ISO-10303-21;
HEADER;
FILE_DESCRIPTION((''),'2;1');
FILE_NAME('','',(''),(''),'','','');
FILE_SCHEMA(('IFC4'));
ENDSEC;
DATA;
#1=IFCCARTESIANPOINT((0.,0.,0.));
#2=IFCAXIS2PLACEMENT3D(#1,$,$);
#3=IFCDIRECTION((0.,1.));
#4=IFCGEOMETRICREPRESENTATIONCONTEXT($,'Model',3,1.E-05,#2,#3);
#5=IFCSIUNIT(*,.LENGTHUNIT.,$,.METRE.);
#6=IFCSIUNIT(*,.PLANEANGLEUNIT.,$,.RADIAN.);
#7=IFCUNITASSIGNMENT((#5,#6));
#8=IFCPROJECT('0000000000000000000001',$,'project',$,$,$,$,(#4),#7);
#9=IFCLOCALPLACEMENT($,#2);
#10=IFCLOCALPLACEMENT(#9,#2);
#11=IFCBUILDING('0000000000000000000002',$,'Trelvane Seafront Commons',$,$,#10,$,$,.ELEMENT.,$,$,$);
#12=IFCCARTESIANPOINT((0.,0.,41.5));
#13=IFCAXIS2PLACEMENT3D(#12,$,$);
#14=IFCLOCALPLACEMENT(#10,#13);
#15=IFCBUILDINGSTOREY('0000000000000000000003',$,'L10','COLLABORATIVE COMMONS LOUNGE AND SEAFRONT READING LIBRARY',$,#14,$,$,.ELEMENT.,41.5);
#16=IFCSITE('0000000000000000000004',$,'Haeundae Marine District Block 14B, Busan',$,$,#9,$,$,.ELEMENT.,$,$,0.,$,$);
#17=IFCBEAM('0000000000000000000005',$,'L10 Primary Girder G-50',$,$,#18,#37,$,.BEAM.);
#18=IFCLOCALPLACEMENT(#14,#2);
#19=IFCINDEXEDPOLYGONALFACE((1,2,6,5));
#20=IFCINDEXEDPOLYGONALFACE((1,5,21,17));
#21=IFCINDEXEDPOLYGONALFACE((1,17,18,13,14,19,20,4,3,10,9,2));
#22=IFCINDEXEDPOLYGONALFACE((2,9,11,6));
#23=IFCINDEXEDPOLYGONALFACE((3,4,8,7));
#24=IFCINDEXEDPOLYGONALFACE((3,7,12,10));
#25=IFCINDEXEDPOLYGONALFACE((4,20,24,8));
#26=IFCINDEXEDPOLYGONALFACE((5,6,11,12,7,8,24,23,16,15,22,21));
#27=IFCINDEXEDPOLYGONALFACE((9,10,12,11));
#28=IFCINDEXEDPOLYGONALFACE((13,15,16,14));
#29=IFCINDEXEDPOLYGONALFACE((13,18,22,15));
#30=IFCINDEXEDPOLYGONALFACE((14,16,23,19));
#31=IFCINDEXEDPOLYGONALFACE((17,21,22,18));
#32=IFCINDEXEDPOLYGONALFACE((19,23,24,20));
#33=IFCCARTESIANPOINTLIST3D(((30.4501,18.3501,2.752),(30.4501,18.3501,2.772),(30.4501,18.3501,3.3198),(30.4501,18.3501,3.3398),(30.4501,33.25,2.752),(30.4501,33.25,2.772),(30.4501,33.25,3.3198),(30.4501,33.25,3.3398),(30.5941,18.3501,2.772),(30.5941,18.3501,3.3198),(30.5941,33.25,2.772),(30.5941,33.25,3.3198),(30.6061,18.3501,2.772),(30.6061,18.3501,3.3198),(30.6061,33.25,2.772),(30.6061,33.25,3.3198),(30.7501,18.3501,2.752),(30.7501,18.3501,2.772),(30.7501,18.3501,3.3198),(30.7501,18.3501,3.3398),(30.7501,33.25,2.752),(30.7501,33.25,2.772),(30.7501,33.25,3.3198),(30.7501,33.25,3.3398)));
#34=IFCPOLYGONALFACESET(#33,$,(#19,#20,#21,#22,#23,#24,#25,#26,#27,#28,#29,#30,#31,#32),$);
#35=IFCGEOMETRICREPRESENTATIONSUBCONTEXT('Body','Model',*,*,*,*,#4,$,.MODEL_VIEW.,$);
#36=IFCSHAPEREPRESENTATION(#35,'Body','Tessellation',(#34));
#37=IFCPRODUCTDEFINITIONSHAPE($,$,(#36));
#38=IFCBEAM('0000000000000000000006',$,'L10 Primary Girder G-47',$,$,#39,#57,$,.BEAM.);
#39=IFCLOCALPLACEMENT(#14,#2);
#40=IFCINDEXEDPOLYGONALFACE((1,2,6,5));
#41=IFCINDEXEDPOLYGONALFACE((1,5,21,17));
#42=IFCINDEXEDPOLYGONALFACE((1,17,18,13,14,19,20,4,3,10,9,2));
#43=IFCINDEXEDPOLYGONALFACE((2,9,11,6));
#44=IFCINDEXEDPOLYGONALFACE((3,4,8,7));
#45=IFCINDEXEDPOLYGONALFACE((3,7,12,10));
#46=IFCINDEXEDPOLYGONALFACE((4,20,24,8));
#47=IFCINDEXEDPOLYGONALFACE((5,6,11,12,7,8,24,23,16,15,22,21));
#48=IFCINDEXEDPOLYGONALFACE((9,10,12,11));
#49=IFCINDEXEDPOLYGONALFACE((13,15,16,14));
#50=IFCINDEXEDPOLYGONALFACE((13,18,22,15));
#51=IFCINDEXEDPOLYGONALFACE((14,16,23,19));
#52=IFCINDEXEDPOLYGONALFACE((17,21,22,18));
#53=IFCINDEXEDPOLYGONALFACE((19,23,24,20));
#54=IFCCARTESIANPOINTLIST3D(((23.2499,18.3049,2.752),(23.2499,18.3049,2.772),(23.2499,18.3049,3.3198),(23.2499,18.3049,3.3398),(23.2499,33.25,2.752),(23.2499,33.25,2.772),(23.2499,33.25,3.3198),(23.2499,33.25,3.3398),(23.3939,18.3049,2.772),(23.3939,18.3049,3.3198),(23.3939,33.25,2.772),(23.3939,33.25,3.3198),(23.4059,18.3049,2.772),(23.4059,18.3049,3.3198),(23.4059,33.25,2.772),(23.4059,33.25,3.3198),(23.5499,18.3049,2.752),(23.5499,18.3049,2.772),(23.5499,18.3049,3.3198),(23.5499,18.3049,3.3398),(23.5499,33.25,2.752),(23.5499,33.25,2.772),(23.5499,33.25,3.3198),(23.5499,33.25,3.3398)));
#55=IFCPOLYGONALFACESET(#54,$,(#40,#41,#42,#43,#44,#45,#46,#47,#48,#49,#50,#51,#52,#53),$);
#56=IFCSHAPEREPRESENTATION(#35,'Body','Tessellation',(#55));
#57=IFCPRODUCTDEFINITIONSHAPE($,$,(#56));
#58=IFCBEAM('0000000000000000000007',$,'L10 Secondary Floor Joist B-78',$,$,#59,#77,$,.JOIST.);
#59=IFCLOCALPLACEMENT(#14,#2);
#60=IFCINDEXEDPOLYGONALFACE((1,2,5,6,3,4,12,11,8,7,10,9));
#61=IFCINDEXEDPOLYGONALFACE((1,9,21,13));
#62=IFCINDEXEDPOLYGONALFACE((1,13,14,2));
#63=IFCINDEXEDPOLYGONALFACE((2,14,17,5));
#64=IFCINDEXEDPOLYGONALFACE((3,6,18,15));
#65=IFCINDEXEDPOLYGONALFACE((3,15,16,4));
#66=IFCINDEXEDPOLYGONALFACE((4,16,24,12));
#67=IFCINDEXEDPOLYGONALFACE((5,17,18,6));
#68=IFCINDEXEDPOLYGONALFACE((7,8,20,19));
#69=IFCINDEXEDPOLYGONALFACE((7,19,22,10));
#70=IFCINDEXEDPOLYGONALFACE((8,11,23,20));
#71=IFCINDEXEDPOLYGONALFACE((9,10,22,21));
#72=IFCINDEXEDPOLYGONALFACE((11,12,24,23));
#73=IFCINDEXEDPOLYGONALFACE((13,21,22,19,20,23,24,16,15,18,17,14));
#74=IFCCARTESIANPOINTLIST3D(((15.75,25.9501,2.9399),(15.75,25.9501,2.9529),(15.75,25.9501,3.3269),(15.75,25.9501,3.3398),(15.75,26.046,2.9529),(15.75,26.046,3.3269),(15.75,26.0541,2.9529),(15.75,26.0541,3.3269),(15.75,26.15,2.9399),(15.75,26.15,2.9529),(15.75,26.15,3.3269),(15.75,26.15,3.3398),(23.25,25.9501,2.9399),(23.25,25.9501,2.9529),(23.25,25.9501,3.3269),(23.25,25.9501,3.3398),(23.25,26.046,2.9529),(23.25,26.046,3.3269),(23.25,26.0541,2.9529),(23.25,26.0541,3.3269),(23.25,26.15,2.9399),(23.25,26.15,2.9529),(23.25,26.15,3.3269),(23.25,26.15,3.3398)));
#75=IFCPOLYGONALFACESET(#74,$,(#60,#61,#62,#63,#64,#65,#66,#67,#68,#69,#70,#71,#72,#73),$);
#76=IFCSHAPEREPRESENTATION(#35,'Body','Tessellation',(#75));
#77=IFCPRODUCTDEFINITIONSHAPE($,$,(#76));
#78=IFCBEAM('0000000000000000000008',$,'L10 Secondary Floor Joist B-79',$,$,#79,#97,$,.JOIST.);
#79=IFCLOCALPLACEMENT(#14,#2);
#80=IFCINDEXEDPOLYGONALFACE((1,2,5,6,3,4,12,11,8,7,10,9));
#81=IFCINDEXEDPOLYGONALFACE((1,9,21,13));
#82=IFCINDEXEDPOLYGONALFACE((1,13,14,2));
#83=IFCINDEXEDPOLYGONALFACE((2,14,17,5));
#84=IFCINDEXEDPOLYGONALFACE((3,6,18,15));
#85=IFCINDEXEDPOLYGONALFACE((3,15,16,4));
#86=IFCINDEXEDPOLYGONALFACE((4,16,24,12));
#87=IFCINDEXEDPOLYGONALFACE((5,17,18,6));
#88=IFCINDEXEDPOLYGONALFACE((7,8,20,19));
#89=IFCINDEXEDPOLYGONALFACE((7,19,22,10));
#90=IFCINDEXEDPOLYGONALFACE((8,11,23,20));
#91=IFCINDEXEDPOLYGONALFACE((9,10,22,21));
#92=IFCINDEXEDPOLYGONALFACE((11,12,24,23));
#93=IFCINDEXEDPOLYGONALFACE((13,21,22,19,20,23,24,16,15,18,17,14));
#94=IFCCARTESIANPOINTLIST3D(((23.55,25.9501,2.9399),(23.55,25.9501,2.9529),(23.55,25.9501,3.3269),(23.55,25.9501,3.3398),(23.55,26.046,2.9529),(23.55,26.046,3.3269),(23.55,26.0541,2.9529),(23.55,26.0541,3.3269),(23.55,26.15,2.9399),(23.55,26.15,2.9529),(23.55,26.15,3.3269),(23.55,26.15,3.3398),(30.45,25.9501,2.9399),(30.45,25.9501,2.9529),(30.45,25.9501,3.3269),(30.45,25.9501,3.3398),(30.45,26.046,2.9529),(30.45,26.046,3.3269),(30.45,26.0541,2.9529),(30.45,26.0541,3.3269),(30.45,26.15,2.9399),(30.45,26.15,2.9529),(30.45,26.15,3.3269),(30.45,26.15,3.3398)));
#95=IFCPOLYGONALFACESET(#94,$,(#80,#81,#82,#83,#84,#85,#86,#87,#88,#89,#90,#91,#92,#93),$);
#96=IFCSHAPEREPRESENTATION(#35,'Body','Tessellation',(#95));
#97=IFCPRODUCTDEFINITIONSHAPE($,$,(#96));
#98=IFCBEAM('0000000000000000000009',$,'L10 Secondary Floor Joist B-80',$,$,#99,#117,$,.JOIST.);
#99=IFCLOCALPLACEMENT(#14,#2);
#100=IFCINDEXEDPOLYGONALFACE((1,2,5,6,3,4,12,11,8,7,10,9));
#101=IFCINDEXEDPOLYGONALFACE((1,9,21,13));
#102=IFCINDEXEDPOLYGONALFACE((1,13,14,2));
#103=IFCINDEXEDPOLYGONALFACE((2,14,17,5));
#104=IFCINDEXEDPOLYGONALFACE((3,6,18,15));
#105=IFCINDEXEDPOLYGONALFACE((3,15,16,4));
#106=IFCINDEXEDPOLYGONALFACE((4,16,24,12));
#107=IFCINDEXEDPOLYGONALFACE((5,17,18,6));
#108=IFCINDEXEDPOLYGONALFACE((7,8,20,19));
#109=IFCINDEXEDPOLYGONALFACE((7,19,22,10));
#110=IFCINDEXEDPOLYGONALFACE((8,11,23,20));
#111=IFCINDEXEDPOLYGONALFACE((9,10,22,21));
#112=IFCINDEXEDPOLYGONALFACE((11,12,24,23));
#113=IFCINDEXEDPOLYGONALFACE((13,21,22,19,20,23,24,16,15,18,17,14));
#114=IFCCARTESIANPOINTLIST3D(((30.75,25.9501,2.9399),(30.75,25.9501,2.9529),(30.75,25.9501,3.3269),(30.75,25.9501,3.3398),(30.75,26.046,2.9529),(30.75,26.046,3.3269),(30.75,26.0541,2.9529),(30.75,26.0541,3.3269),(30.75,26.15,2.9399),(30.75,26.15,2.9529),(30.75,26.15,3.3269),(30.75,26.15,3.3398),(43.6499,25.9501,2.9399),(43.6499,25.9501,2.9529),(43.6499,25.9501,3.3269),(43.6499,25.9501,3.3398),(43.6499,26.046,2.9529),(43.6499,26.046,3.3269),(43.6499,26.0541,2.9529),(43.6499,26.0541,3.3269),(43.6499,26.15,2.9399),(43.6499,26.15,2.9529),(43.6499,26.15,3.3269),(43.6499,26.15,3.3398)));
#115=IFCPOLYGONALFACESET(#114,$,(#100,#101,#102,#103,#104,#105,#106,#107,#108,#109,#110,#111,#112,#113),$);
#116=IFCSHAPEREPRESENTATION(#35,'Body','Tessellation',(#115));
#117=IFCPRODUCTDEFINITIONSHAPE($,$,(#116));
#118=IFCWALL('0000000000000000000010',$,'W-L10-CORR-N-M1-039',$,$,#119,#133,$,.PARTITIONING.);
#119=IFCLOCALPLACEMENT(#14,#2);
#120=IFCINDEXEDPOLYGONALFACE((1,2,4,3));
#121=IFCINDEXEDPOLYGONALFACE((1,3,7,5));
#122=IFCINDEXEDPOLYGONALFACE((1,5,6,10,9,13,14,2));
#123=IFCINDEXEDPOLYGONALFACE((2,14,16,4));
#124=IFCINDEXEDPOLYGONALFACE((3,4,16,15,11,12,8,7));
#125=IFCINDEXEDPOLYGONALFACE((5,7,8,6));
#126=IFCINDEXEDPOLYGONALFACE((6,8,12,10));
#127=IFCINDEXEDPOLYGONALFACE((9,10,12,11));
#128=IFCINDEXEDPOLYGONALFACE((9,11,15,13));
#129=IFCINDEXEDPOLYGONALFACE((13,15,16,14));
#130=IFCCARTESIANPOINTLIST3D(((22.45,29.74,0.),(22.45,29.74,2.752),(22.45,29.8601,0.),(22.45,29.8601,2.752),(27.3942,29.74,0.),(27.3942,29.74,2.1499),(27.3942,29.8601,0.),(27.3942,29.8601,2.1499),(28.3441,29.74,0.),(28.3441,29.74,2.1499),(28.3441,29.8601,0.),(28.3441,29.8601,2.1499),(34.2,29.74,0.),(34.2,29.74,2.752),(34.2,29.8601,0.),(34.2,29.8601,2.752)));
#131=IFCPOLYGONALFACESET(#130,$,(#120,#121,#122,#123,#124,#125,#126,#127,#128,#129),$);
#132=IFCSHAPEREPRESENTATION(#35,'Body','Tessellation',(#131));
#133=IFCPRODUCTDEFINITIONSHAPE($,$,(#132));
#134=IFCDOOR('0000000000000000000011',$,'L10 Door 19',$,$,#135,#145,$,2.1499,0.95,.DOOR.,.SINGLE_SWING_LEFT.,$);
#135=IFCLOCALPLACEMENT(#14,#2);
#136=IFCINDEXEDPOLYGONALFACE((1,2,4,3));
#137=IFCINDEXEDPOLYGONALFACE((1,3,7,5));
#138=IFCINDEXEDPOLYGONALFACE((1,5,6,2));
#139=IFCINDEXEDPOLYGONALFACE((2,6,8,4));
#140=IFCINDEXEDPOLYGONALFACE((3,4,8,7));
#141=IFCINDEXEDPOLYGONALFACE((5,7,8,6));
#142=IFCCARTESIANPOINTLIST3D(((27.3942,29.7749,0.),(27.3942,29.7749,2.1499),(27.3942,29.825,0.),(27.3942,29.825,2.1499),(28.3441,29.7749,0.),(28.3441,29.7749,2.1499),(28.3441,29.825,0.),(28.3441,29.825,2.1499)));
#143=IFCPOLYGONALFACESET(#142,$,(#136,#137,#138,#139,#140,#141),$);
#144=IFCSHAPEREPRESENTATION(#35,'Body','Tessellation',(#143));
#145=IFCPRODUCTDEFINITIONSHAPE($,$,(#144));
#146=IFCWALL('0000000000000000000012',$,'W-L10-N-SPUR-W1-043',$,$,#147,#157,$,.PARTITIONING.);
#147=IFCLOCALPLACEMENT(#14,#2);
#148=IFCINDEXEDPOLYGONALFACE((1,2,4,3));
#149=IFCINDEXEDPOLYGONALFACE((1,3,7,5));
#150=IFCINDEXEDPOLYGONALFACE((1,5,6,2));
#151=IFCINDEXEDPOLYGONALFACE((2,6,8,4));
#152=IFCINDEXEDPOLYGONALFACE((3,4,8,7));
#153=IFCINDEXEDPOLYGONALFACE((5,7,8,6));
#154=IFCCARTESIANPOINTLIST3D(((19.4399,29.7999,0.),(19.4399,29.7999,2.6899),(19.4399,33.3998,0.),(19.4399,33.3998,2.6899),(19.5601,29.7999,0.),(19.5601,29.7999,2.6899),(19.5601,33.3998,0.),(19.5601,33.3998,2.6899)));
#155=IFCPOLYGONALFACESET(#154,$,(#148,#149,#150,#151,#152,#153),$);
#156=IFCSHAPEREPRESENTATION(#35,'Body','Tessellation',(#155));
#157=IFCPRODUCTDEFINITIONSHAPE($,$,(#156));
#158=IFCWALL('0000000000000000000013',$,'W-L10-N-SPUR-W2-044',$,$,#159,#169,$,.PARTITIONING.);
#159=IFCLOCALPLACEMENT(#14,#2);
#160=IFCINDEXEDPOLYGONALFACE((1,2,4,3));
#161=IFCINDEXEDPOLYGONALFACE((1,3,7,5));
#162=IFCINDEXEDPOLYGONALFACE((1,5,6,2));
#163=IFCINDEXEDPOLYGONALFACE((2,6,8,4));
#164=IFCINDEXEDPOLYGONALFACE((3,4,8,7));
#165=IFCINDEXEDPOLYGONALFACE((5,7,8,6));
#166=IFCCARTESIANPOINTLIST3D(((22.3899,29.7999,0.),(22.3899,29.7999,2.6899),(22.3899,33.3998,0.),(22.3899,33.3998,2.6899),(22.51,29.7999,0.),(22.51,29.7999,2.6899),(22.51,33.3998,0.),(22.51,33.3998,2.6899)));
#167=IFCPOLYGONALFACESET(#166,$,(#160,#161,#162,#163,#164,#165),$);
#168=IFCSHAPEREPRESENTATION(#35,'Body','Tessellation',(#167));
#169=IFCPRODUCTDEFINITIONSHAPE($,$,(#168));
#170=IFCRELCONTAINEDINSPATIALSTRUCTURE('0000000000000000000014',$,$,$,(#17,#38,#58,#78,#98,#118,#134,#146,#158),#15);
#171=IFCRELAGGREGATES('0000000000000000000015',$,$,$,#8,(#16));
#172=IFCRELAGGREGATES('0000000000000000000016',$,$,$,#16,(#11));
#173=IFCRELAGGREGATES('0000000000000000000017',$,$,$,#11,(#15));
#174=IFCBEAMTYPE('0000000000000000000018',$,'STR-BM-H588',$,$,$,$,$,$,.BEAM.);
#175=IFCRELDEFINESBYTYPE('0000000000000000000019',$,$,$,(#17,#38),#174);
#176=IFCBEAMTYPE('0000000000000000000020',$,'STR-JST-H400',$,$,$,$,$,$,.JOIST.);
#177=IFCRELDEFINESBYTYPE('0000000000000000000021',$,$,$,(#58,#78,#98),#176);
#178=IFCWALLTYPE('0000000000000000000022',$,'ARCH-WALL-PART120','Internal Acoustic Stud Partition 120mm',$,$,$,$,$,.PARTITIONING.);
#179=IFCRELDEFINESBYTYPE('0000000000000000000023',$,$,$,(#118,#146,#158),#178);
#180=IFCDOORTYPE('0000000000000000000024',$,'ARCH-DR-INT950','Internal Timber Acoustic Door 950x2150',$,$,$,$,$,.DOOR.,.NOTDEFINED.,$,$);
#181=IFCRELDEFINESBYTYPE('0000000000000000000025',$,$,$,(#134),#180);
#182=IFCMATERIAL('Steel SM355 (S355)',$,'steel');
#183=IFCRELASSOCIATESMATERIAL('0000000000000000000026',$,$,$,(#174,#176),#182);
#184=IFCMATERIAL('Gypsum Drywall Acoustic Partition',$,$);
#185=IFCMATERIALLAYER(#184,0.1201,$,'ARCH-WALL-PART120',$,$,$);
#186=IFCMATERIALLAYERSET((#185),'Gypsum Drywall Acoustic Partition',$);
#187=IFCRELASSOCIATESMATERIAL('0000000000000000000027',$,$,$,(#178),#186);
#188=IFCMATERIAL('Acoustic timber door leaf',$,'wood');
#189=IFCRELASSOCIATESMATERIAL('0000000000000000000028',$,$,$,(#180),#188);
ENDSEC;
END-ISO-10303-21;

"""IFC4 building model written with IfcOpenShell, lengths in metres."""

from ifc_helpers import new_model, si_unit, direction, frame, frame_2d, origin, origin_2d, place, context, subcontext, project, spatial, rectangle, i_section, extrude, source, transform, mapped, material, layer, layer_set, material_profile, profile_set, type_object, element, fill, save


model = new_model("IFC4")

# Units and contexts
model_context = context("Model", 3, precision=1e-05, world=origin(), true_north=direction((0.0, 1.0)))
body_context = subcontext(model_context, "Body", "Model", "MODEL_VIEW")
ifc_project = project(units=[si_unit("LENGTHUNIT", "METRE"), si_unit("PLANEANGLEUNIT", "RADIAN")], contexts=[model_context])

# Site, building, storey
site_placement = place(None, origin())
site = spatial("IfcSite", under=ifc_project, at=site_placement, Name="Haeundae Marine District Block 14B, Busan", CompositionType="ELEMENT", RefElevation=0.0)
building_placement = place(site_placement, origin())
building = spatial("IfcBuilding", under=site, at=building_placement, Name="Trelvane Seafront Commons", CompositionType="ELEMENT")
storey_placement = place(building_placement, frame((0.0, 0.0, 41.5)))
storey = spatial("IfcBuildingStorey", under=building, at=storey_placement, Name="L10", Description="COLLABORATIVE COMMONS LOUNGE AND SEAFRONT READING LIBRARY", CompositionType="ELEMENT", Elevation=41.5)

# Shared definitions
ifc_material_1 = material(Name="Steel SM355 (S355)", Category="steel")

# Beams
ifc_material_profile_1 = material_profile(ifc_material_1, i_section(OverallWidth=0.3, OverallDepth=0.5879, WebThickness=0.012, FlangeThickness=0.02, at=origin_2d()), Name="H-588x300x12x20")
ifc_profile_set_1 = profile_set([ifc_material_profile_1], Name="Steel SM355 (S355)")
beam_type_1 = type_object("IfcBeamType", Name="STR-BM-H588", PredefinedType="BEAM", material=ifc_profile_set_1)
shared_shape_1 = source(origin(), body_context, "Body", "SweptSolid", [
    extrude(i_section(OverallWidth=0.3, OverallDepth=0.5879, WebThickness=0.012, FlangeThickness=0.02, at=origin_2d()), origin(), (0.0, 0.0, 1.0), 14.8999),
])
for number, where, z_axis, x_axis, name in (
    (1, (30.6001, 18.3501, 3.0459), (0.0, 1.0, 0.0), (-1.0, 0.0, 0.0), "L10 Primary Girder G-50"),
):
    element("IfcBeam", number, at=place(storey_placement, frame(where, z_axis=z_axis, x_axis=x_axis)), inside=storey, type_object=beam_type_1, Name=name, PredefinedType="BEAM", context=body_context, shape_type="MappedRepresentation", body=[
        mapped(shared_shape_1, transform((0.0, 0.0, 0.0), x_axis=(1.0, 0.0, 0.0), y_axis=(0.0, 1.0, 0.0), z_axis=(0.0, 0.0, 1.0), scale=1.0)),
    ])
shared_shape_2 = source(origin(), body_context, "Body", "SweptSolid", [
    extrude(i_section(OverallWidth=0.3, OverallDepth=0.5879, WebThickness=0.012, FlangeThickness=0.02, at=origin_2d()), origin(), (0.0, 0.0, 1.0), 14.9451),
])
beam_1_placement = place(storey_placement, frame((23.3999, 18.3049, 3.0459), z_axis=(0.0, 1.0, 0.0), x_axis=(-1.0, 0.0, 0.0)))
element("IfcBeam", 2, at=beam_1_placement, inside=storey, type_object=beam_type_1, Name="L10 Primary Girder G-47", PredefinedType="BEAM", context=body_context, shape_type="MappedRepresentation", body=[
    mapped(shared_shape_2, transform((0.0, 0.0, 0.0), x_axis=(1.0, 0.0, 0.0), y_axis=(0.0, 1.0, 0.0), z_axis=(0.0, 0.0, 1.0), scale=1.0)),
])
ifc_material_profile_2 = material_profile(ifc_material_1, i_section(OverallWidth=0.2, OverallDepth=0.3999, WebThickness=0.0081, FlangeThickness=0.0129, at=origin_2d()), Name="H-400x200x8x13")
ifc_profile_set_2 = profile_set([ifc_material_profile_2], Name="Steel SM355 (S355)")
beam_type_2 = type_object("IfcBeamType", Name="STR-JST-H400", PredefinedType="JOIST", material=ifc_profile_set_2)
shared_shape_3 = source(origin(), body_context, "Body", "SweptSolid", [
    extrude(i_section(OverallWidth=0.2, OverallDepth=0.3999, WebThickness=0.0081, FlangeThickness=0.0129, at=origin_2d()), origin(), (0.0, 0.0, 1.0), 7.5),
])
beam_2_placement = place(storey_placement, frame((15.75, 26.05, 3.1399), z_axis=(1.0, 0.0, 0.0), x_axis=(0.0, 1.0, 0.0)))
element("IfcBeam", 3, at=beam_2_placement, inside=storey, type_object=beam_type_2, Name="L10 Secondary Floor Joist B-78", PredefinedType="JOIST", context=body_context, shape_type="MappedRepresentation", body=[
    mapped(shared_shape_3, transform((0.0, 0.0, 0.0), x_axis=(1.0, 0.0, 0.0), y_axis=(0.0, 1.0, 0.0), z_axis=(0.0, 0.0, 1.0), scale=1.0)),
])
shared_shape_4 = source(origin(), body_context, "Body", "SweptSolid", [
    extrude(i_section(OverallWidth=0.2, OverallDepth=0.3999, WebThickness=0.0081, FlangeThickness=0.0129, at=origin_2d()), origin(), (0.0, 0.0, 1.0), 6.8999),
])
beam_3_placement = place(storey_placement, frame((23.55, 26.05, 3.1399), z_axis=(1.0, 0.0, 0.0), x_axis=(0.0, 1.0, 0.0)))
element("IfcBeam", 4, at=beam_3_placement, inside=storey, type_object=beam_type_2, Name="L10 Secondary Floor Joist B-79", PredefinedType="JOIST", context=body_context, shape_type="MappedRepresentation", body=[
    mapped(shared_shape_4, transform((0.0, 0.0, 0.0), x_axis=(1.0, 0.0, 0.0), y_axis=(0.0, 1.0, 0.0), z_axis=(0.0, 0.0, 1.0), scale=1.0)),
])
shared_shape_5 = source(origin(), body_context, "Body", "SweptSolid", [
    extrude(i_section(OverallWidth=0.2, OverallDepth=0.3999, WebThickness=0.0081, FlangeThickness=0.0129, at=origin_2d()), origin(), (0.0, 0.0, 1.0), 12.8999),
])
beam_4_placement = place(storey_placement, frame((30.75, 26.05, 3.1399), z_axis=(1.0, 0.0, 0.0), x_axis=(0.0, 1.0, 0.0)))
element("IfcBeam", 5, at=beam_4_placement, inside=storey, type_object=beam_type_2, Name="L10 Secondary Floor Joist B-80", PredefinedType="JOIST", context=body_context, shape_type="MappedRepresentation", body=[
    mapped(shared_shape_5, transform((0.0, 0.0, 0.0), x_axis=(1.0, 0.0, 0.0), y_axis=(0.0, 1.0, 0.0), z_axis=(0.0, 0.0, 1.0), scale=1.0)),
])

# Wall, opening, door
ifc_material_2 = material(Name="Gypsum Drywall Acoustic Partition")
ifc_layer_1 = layer(ifc_material_2, 0.1201, Name="ARCH-WALL-PART120")
ifc_layer_set_1 = layer_set([ifc_layer_1], Name="Gypsum Drywall Acoustic Partition")
wall_type_1 = type_object("IfcWallType", Name="ARCH-WALL-PART120", Description="Internal Acoustic Stud Partition 120mm", PredefinedType="PARTITIONING", material=ifc_layer_set_1)
wall_1_placement = place(storey_placement, frame((22.45, 29.8, 0.0), z_axis=(0.0, 0.0, 1.0), x_axis=(1.0, 0.0, 0.0)))
wall_1 = element("IfcWall", 6, at=wall_1_placement, inside=storey, type_object=wall_type_1, Name="W-L10-CORR-N-M1-039", PredefinedType="PARTITIONING", context=body_context, shape_type="SweptSolid", body=[
    extrude(rectangle(XDim=11.75, YDim=0.1201, at=frame_2d((5.875, 0.0))), origin(), (0.0, 0.0, 1.0), 2.752),
])
opening_1_placement = place(wall_1_placement, frame((4.9441, 0.0, 0.0)))
opening_1 = element("IfcOpeningElement", 7, at=opening_1_placement, cuts=wall_1, PredefinedType="OPENING", context=body_context, shape_type="SweptSolid", body=[
    extrude(rectangle(XDim=0.95, YDim=2.1499, at=frame_2d((0.4751, 1.075))), frame((0.0, 0.0701, 0.0), z_axis=(0.0, -1.0, 0.0), x_axis=(1.0, 0.0, 0.0)), (0.0, 0.0, 1.0), 0.1401),
])
ifc_material_3 = material(Name="Acoustic timber door leaf", Category="wood")
door_type_1 = type_object("IfcDoorType", Name="ARCH-DR-INT950", Description="Internal Timber Acoustic Door 950x2150", OperationType="NOTDEFINED", PredefinedType="DOOR", material=ifc_material_3)
shared_shape_6 = source(origin(), body_context, "Body", "SweptSolid", [
    extrude(rectangle(XDim=0.95, YDim=2.1499, at=frame_2d((0.4751, 1.075))), frame((0.0, 0.0249, 0.0), z_axis=(0.0, -1.0, 0.0), x_axis=(1.0, 0.0, 0.0)), (0.0, 0.0, 1.0), 0.05),
])
door_1_placement = place(opening_1_placement, origin())
door_1 = element("IfcDoor", 8, at=door_1_placement, inside=storey, type_object=door_type_1, Name="L10 Door 19", OperationType="SINGLE_SWING_LEFT", OverallHeight=2.1499, OverallWidth=0.95, PredefinedType="DOOR", context=body_context, shape_type="MappedRepresentation", body=[
    mapped(shared_shape_6, transform((0.0, 0.0, 0.0), x_axis=(1.0, 0.0, 0.0), y_axis=(0.0, 1.0, 0.0), z_axis=(0.0, 0.0, 1.0), scale=1.0)),
])
fill(opening_1, door_1)

# Walls
for number, where, z_axis, x_axis, name in (
    (9, (19.5, 29.8, 0.0), (0.0, 0.0, 1.0), (0.0, 1.0, 0.0), "W-L10-N-SPUR-W1-043"),
    (10, (22.45, 29.8, 0.0), (0.0, 0.0, 1.0), (0.0, 1.0, 0.0), "W-L10-N-SPUR-W2-044"),
):
    element("IfcWall", number, at=place(storey_placement, frame(where, z_axis=z_axis, x_axis=x_axis)), inside=storey, type_object=wall_type_1, Name=name, PredefinedType="PARTITIONING", context=body_context, shape_type="SweptSolid", body=[
        extrude(rectangle(XDim=3.5999, YDim=0.1201, at=frame_2d((1.7998, 0.0))), origin(), (0.0, 0.0, 1.0), 2.6899),
    ])

save(model, "model.ifc")
